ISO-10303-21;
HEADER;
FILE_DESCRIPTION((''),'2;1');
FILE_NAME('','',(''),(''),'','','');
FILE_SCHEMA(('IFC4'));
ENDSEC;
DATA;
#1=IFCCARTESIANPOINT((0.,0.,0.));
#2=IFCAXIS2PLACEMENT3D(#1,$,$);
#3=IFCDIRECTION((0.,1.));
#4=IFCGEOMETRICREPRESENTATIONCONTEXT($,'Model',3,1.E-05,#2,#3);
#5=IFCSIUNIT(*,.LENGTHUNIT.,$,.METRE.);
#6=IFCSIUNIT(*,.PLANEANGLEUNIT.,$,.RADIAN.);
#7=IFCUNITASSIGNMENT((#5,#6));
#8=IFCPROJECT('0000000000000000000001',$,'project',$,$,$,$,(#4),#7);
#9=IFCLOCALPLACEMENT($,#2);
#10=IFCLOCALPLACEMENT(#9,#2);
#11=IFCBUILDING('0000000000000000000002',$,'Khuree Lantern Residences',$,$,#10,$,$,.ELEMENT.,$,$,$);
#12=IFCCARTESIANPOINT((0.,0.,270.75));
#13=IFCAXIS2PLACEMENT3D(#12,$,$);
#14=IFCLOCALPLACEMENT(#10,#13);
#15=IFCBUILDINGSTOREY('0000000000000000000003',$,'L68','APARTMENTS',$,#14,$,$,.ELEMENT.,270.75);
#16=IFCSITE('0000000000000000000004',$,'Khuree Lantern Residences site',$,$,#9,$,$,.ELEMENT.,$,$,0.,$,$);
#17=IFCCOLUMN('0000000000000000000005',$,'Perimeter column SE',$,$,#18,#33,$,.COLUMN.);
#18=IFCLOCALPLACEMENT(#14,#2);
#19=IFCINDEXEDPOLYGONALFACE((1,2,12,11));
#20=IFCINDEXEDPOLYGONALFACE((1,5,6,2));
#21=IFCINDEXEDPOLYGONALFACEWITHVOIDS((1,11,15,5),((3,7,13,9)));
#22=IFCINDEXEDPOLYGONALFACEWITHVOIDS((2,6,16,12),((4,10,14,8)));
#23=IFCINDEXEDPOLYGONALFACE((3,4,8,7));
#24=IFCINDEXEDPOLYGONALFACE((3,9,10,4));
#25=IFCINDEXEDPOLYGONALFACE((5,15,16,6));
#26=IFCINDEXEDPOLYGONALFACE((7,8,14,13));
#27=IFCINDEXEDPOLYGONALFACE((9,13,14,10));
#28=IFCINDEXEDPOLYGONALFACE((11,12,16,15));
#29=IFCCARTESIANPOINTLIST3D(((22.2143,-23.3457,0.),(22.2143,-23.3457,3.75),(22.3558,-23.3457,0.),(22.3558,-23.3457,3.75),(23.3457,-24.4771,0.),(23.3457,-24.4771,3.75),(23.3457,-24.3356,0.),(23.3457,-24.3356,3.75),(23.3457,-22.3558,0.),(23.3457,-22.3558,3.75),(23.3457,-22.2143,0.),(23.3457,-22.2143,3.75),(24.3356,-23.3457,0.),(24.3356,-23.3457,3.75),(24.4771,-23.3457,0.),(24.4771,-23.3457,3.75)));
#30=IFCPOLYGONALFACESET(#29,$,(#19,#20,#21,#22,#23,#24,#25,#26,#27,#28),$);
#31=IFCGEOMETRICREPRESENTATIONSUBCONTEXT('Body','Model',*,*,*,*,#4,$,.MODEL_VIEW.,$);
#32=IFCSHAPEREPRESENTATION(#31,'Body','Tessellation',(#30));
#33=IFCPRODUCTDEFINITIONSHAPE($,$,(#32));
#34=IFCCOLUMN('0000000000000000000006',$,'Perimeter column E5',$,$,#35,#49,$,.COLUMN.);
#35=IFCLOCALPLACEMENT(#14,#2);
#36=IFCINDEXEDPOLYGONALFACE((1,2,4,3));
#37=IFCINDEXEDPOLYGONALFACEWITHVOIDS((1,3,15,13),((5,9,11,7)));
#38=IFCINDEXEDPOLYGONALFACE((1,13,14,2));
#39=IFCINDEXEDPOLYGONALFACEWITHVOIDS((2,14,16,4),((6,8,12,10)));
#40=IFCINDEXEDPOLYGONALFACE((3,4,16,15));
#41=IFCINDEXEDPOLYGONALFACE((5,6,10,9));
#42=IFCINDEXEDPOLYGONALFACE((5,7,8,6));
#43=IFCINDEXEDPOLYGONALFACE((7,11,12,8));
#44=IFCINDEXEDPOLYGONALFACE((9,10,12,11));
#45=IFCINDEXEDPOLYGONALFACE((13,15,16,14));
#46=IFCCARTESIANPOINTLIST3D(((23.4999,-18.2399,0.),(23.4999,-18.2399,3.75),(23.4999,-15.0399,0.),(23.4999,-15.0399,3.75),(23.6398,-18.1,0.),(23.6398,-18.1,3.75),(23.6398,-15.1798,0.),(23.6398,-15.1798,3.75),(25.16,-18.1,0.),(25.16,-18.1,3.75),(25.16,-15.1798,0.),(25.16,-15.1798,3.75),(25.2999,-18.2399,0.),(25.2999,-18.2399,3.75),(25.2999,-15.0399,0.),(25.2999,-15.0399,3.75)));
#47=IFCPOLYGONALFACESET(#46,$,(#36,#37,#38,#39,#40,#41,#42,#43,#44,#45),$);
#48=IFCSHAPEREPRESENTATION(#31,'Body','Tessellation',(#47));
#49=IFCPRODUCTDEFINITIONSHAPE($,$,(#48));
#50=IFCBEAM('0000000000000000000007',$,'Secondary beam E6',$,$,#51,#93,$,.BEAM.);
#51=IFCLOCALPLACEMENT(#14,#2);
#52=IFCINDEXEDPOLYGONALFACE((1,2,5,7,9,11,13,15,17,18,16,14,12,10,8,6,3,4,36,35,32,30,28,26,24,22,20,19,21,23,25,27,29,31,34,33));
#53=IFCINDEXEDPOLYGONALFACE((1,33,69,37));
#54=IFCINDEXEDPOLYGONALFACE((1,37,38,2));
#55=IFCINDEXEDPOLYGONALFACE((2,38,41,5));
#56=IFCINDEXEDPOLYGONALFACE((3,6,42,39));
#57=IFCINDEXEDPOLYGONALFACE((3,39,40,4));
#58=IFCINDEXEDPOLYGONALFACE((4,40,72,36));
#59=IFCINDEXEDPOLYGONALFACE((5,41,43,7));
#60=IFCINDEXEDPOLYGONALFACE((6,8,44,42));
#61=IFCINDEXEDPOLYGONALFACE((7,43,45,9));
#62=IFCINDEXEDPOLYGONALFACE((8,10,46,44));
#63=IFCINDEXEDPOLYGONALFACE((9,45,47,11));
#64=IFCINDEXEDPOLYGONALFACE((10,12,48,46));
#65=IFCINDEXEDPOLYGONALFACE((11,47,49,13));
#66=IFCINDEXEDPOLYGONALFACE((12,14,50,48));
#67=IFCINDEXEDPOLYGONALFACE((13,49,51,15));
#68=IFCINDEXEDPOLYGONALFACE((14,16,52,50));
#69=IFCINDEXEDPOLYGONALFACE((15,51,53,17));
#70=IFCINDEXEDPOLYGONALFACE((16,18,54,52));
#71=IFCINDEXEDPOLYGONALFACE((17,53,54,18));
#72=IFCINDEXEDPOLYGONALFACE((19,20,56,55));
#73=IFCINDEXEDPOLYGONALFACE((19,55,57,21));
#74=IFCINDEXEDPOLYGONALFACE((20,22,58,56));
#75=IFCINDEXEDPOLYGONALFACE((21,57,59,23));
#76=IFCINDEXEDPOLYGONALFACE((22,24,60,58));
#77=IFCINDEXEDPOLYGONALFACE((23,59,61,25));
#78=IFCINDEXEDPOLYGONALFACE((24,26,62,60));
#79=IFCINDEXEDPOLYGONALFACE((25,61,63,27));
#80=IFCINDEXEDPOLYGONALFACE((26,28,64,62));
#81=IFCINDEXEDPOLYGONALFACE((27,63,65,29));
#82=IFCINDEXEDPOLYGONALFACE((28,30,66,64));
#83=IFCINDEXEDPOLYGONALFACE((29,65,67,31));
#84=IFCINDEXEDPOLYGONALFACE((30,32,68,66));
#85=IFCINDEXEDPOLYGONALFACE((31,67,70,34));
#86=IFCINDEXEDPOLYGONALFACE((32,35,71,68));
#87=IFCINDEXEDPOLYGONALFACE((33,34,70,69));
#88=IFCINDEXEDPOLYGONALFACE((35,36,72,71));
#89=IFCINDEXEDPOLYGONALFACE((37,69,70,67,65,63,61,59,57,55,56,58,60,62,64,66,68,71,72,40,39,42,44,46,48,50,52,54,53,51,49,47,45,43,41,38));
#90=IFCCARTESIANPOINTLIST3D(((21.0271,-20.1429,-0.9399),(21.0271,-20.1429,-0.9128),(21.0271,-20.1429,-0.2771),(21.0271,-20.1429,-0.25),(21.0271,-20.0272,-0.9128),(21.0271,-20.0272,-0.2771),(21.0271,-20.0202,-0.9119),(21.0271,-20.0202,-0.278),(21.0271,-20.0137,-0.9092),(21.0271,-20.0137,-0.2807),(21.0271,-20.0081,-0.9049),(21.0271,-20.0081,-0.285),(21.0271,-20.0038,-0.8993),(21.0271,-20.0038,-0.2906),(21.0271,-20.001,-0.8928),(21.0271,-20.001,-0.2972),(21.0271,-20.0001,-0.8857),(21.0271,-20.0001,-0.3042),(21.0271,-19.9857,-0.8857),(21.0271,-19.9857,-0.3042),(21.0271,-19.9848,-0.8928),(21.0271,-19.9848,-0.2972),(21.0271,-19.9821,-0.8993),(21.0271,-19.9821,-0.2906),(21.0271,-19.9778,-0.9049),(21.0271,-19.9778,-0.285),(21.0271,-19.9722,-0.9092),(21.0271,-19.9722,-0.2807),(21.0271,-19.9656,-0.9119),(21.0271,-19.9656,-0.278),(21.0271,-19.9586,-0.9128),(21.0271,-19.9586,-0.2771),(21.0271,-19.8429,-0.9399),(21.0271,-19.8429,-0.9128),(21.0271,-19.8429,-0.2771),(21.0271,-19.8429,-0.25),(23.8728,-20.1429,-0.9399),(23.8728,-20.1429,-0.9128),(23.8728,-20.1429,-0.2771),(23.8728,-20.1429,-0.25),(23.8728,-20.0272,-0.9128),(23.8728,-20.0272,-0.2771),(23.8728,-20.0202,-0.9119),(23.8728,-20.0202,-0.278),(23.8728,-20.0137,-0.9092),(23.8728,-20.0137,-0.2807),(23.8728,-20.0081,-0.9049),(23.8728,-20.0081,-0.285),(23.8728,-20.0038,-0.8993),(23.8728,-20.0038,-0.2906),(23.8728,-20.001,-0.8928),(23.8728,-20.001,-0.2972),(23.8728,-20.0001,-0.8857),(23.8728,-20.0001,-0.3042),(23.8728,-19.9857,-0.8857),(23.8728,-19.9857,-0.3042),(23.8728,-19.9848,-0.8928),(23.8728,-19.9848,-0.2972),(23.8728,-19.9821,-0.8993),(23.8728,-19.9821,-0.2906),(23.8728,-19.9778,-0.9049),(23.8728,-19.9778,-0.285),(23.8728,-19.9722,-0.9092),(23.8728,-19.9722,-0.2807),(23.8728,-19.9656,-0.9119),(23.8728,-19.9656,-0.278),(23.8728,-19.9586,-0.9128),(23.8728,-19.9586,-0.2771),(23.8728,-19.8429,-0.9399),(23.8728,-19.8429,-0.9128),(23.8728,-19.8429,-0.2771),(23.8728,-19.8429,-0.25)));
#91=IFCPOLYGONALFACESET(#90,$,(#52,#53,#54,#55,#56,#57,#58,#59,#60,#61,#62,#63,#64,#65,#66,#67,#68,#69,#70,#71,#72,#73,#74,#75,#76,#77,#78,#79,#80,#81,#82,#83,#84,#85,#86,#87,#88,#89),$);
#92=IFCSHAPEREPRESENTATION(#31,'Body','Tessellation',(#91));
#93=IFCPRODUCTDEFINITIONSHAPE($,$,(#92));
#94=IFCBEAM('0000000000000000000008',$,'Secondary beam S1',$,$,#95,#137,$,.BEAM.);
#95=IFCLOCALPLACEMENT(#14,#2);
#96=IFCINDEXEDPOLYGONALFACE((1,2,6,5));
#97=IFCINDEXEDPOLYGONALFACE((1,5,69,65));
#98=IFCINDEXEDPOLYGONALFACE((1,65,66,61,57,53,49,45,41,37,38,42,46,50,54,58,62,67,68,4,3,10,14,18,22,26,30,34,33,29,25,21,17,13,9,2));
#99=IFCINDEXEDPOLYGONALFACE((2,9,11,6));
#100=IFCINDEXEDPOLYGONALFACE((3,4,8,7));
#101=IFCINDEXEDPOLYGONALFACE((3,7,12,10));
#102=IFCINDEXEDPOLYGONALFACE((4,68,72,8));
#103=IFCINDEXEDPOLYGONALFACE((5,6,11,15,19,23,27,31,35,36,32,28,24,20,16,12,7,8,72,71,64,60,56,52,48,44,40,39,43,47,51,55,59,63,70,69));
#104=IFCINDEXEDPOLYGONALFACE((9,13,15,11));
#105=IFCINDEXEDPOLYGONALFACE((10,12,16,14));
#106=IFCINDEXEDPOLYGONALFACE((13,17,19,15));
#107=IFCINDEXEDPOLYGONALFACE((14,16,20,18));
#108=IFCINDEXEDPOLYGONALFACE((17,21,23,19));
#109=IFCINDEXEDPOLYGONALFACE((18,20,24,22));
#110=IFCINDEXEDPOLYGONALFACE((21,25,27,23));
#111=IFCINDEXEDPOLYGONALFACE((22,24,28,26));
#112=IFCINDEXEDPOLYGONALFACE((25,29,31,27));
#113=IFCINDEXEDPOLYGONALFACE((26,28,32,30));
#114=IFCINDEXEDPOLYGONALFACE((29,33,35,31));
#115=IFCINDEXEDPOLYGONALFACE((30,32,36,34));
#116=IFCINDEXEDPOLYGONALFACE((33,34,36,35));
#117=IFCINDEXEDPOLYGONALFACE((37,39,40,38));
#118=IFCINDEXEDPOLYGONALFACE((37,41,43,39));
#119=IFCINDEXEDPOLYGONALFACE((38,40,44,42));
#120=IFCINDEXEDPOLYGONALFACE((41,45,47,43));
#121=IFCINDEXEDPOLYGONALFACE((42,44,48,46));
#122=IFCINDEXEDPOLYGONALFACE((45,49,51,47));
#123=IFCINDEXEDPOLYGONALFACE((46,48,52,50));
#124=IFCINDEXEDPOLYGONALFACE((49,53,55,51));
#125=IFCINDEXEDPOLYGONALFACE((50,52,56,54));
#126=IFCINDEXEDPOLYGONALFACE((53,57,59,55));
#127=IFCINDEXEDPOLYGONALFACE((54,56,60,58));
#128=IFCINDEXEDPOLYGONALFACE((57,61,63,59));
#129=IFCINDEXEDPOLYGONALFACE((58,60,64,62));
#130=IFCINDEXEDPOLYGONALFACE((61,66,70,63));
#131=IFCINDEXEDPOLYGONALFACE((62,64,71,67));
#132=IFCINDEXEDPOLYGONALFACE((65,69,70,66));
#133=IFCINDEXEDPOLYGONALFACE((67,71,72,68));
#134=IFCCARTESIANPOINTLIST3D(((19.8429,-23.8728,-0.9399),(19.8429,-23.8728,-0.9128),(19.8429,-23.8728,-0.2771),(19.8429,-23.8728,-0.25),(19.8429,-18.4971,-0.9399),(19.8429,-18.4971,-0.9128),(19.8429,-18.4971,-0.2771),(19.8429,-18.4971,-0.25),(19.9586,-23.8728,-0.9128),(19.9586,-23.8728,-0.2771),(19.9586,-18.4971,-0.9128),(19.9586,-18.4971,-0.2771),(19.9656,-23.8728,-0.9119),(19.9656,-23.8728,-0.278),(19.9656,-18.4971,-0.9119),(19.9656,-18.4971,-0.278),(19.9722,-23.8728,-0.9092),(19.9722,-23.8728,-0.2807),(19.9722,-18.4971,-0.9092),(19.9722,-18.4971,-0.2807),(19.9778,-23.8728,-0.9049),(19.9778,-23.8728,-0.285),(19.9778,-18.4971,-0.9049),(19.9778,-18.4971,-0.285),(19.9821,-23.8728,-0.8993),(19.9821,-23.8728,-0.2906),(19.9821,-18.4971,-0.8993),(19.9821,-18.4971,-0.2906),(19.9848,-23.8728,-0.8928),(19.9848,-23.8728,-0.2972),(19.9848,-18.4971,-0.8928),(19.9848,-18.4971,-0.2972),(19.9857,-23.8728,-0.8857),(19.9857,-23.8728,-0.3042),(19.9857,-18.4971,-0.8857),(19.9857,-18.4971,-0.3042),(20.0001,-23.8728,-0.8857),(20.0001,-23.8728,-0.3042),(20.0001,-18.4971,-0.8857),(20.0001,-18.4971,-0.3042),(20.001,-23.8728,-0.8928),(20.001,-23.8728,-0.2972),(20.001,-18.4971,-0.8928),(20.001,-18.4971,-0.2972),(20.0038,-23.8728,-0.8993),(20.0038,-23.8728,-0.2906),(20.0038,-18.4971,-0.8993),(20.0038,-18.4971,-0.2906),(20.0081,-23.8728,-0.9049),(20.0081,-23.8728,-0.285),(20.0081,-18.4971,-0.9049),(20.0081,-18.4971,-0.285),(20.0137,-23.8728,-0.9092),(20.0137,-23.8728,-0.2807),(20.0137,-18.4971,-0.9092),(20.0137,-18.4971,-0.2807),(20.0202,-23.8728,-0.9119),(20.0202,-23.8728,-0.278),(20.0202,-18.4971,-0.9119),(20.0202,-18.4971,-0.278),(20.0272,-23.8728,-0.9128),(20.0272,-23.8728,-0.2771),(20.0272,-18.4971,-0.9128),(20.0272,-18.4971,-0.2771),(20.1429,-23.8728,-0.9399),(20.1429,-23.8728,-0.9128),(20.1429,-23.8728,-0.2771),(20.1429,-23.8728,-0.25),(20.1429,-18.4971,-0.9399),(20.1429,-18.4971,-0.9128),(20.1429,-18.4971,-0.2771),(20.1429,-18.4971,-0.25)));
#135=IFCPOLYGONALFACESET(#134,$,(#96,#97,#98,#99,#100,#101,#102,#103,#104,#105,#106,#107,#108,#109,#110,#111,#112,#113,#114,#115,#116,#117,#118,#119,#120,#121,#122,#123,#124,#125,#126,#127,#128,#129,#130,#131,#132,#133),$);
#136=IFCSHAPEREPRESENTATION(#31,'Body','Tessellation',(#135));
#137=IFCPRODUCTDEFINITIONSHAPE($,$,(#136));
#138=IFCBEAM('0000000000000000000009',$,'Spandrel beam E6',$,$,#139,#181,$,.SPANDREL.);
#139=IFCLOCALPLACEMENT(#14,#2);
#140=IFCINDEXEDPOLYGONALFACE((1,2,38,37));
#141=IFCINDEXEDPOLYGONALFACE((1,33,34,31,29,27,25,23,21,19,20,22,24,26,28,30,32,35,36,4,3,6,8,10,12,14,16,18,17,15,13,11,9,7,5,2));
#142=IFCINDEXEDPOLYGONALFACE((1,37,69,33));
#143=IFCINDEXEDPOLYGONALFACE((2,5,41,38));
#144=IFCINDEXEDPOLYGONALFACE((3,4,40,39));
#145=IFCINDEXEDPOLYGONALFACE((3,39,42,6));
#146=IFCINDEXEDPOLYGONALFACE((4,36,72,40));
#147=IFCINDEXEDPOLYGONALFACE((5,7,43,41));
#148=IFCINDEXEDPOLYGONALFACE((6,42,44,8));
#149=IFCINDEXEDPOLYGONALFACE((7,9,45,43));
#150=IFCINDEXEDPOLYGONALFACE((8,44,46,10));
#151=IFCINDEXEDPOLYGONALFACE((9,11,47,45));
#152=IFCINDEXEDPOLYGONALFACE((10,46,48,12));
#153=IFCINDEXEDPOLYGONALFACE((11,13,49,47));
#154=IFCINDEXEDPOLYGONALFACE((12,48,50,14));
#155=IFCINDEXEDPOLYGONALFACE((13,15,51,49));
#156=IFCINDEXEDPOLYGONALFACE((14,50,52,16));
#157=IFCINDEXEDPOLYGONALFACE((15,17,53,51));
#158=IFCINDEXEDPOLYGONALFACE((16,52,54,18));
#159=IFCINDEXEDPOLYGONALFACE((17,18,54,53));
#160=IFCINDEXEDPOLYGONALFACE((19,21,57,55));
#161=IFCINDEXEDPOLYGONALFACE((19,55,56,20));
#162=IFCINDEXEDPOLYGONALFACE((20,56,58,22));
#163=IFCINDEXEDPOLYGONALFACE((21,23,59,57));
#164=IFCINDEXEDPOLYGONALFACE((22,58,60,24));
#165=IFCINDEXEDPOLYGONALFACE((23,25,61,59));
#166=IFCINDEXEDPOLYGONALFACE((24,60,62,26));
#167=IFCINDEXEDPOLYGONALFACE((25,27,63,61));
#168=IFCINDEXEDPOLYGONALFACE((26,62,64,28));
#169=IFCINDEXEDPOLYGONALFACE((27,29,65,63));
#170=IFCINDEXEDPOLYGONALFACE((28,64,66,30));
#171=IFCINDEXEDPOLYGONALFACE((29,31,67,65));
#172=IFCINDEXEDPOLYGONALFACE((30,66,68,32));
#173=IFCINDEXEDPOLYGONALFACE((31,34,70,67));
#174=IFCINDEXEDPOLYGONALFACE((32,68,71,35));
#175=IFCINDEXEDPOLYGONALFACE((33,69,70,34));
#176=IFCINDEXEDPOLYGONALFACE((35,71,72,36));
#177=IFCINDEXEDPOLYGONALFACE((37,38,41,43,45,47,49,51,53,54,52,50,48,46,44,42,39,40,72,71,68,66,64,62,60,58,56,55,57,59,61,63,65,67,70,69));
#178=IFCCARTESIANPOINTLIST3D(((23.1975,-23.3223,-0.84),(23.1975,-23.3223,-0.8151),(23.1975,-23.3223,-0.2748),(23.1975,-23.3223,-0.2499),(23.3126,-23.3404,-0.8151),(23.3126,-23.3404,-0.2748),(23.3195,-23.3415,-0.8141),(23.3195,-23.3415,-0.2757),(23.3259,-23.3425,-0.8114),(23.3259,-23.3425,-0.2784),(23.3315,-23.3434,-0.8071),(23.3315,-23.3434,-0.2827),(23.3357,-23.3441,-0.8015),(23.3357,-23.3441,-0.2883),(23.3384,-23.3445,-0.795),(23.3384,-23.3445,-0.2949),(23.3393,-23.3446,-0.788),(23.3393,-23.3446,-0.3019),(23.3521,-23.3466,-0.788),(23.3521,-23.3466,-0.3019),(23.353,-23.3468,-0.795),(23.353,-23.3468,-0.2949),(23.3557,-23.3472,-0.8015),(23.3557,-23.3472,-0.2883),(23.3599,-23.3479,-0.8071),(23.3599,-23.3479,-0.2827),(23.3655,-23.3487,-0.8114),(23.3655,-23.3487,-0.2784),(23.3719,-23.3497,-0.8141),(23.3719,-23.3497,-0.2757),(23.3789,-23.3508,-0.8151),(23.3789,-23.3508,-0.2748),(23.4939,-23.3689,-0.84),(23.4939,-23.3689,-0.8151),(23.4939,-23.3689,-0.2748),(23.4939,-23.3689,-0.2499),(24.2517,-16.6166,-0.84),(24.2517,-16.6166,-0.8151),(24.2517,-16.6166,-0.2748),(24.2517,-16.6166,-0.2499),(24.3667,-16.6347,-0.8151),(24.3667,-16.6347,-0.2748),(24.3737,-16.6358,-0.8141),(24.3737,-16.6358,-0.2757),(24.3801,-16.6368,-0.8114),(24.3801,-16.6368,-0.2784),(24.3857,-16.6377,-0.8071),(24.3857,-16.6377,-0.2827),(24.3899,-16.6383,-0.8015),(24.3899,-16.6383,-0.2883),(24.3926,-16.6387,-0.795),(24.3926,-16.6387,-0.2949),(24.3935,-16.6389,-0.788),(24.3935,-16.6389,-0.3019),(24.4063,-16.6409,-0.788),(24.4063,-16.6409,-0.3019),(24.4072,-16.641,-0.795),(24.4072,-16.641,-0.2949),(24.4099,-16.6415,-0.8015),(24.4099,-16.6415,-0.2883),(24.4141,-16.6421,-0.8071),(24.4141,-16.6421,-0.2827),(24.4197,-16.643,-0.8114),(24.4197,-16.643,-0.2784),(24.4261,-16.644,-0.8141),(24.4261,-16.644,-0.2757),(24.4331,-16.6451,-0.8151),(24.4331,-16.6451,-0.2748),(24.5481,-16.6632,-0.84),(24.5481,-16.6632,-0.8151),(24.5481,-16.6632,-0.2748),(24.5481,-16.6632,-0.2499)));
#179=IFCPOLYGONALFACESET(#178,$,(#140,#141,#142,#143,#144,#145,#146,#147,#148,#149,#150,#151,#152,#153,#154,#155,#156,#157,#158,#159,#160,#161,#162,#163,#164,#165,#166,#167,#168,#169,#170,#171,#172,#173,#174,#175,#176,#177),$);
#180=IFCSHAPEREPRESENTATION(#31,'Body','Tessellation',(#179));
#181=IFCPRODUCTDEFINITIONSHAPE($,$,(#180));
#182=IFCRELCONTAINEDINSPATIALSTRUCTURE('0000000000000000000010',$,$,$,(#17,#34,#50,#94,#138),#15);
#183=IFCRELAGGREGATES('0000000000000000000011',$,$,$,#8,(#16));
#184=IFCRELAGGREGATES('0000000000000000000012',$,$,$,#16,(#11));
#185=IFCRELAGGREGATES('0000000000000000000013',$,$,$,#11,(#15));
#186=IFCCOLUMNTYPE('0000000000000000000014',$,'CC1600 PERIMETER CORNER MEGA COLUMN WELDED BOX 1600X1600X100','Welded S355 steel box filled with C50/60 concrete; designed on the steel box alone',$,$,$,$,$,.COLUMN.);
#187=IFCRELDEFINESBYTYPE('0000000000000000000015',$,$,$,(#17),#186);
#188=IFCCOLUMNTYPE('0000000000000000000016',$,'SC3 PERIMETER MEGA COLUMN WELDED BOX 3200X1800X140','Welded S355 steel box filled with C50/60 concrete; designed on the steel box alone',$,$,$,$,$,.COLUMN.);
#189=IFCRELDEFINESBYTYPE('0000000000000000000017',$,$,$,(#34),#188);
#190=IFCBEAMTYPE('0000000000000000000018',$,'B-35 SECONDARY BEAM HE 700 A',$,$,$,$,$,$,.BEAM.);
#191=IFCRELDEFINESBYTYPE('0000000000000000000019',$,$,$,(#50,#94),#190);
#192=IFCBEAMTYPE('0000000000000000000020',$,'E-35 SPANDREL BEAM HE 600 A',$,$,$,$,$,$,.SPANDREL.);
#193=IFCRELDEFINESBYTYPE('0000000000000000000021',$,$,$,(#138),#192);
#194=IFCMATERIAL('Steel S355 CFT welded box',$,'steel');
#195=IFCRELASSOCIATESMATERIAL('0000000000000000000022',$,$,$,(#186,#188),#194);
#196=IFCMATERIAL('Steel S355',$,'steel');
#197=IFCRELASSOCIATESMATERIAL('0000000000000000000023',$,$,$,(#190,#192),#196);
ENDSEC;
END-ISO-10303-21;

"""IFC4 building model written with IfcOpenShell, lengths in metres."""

from ifc_helpers import new_model, si_unit, direction, frame, origin, origin_2d, place, context, subcontext, project, spatial, hollow_rectangle, i_section, extrude, material, material_profile, profile_set, type_object, element, save


model = new_model("IFC4")

# Units and contexts
model_context = context("Model", 3, precision=1e-05, world=origin(), true_north=direction((0.0, 1.0)))
body_context = subcontext(model_context, "Body", "Model", "MODEL_VIEW")
ifc_project = project(units=[si_unit("LENGTHUNIT", "METRE"), si_unit("PLANEANGLEUNIT", "RADIAN")], contexts=[model_context])

# Site, building, storey
site_placement = place(None, origin())
site = spatial("IfcSite", under=ifc_project, at=site_placement, Name="Khuree Lantern Residences site", CompositionType="ELEMENT", RefElevation=0.0)
building_placement = place(site_placement, origin())
building = spatial("IfcBuilding", under=site, at=building_placement, Name="Khuree Lantern Residences", CompositionType="ELEMENT")
storey_placement = place(building_placement, frame((0.0, 0.0, 270.75)))
storey = spatial("IfcBuildingStorey", under=building, at=storey_placement, Name="L68", Description="APARTMENTS", CompositionType="ELEMENT", Elevation=270.75)

# Columns
ifc_material_1 = material(Name="Steel S355 CFT welded box", Category="steel")
ifc_material_profile_1 = material_profile(ifc_material_1, hollow_rectangle(XDim=1.6001, YDim=1.6001, WallThickness=0.1001, at=origin_2d()), Name="WELDED BOX 1600X1600X100")
ifc_profile_set_1 = profile_set([ifc_material_profile_1], Name="Steel S355 CFT welded box")
column_type_1 = type_object("IfcColumnType", Name="CC1600 PERIMETER CORNER MEGA COLUMN WELDED BOX 1600X1600X100", Description="Welded S355 steel box filled with C50/60 concrete; designed on the steel box alone", PredefinedType="COLUMN", material=ifc_profile_set_1)
column_1_placement = place(storey_placement, frame((23.3457, -23.3457, 0.0), z_axis=(0.0, 0.0, 1.0), x_axis=(0.707107, 0.707107, 0.0)))
element("IfcColumn", 1, at=column_1_placement, inside=storey, type_object=column_type_1, Name="Perimeter column SE", PredefinedType="COLUMN", context=body_context, shape_type="SweptSolid", body=[
    extrude(hollow_rectangle(XDim=1.6001, YDim=1.6001, WallThickness=0.1001, at=origin_2d()), origin(), (0.0, 0.0, 1.0), 3.75),
])
ifc_material_profile_2 = material_profile(ifc_material_1, hollow_rectangle(XDim=3.2, YDim=1.8, WallThickness=0.1399, at=origin_2d()), Name="WELDED BOX 3200X1800X140")
ifc_profile_set_2 = profile_set([ifc_material_profile_2], Name="Steel S355 CFT welded box")
column_type_2 = type_object("IfcColumnType", Name="SC3 PERIMETER MEGA COLUMN WELDED BOX 3200X1800X140", Description="Welded S355 steel box filled with C50/60 concrete; designed on the steel box alone", PredefinedType="COLUMN", material=ifc_profile_set_2)
column_2_placement = place(storey_placement, frame((24.3999, -16.6399, 0.0), z_axis=(0.0, 0.0, 1.0), x_axis=(0.0, 1.0, 0.0)))
element("IfcColumn", 2, at=column_2_placement, inside=storey, type_object=column_type_2, Name="Perimeter column E5", PredefinedType="COLUMN", context=body_context, shape_type="SweptSolid", body=[
    extrude(hollow_rectangle(XDim=3.2, YDim=1.8, WallThickness=0.1399, at=origin_2d()), origin(), (0.0, 0.0, 1.0), 3.75),
])

# Beams
ifc_material_2 = material(Name="Steel S355", Category="steel")
ifc_material_profile_3 = material_profile(ifc_material_2, i_section(OverallWidth=0.3, OverallDepth=0.6899, WebThickness=0.0144, FlangeThickness=0.0271, FilletRadius=0.0271, at=origin_2d()), Name="HE 700 A")
ifc_profile_set_3 = profile_set([ifc_material_profile_3], Name="Steel S355")
beam_type_1 = type_object("IfcBeamType", Name="B-35 SECONDARY BEAM HE 700 A", PredefinedType="BEAM", material=ifc_profile_set_3)
beam_1_placement = place(storey_placement, frame((23.8728, -19.9929, -0.595), z_axis=(-1.0, 0.0, 0.0), x_axis=(0.0, -1.0, 0.0)))
element("IfcBeam", 3, at=beam_1_placement, inside=storey, type_object=beam_type_1, Name="Secondary beam E6", PredefinedType="BEAM", context=body_context, shape_type="SweptSolid", body=[
    extrude(i_section(OverallWidth=0.3, OverallDepth=0.6899, WebThickness=0.0144, FlangeThickness=0.0271, FilletRadius=0.0271, at=origin_2d()), origin(), (0.0, 0.0, 1.0), 2.8457),
])
beam_2_placement = place(storey_placement, frame((19.9929, -23.8728, -0.595), z_axis=(0.0, 1.0, 0.0), x_axis=(-1.0, 0.0, 0.0)))
element("IfcBeam", 4, at=beam_2_placement, inside=storey, type_object=beam_type_1, Name="Secondary beam S1", PredefinedType="BEAM", context=body_context, shape_type="SweptSolid", body=[
    extrude(i_section(OverallWidth=0.3, OverallDepth=0.6899, WebThickness=0.0144, FlangeThickness=0.0271, FilletRadius=0.0271, at=origin_2d()), origin(), (0.0, 0.0, 1.0), 5.3757),
])
ifc_material_profile_4 = material_profile(ifc_material_2, i_section(OverallWidth=0.3, OverallDepth=0.5901, WebThickness=0.0129, FlangeThickness=0.0249, FilletRadius=0.0271, at=origin_2d()), Name="HE 600 A")
ifc_profile_set_4 = profile_set([ifc_material_profile_4], Name="Steel S355")
beam_type_2 = type_object("IfcBeamType", Name="E-35 SPANDREL BEAM HE 600 A", PredefinedType="SPANDREL", material=ifc_profile_set_4)
for number, where, z_axis, x_axis, name in (
    (5, (24.3999, -16.6399, -0.5449), (-0.1553, -0.987867, 0.0), (0.987867, -0.1553, 0.0), "Spandrel beam E6"),
):
    element("IfcBeam", number, at=place(storey_placement, frame(where, z_axis=z_axis, x_axis=x_axis)), inside=storey, type_object=beam_type_2, Name=name, PredefinedType="SPANDREL", context=body_context, shape_type="SweptSolid", body=[
        extrude(i_section(OverallWidth=0.3, OverallDepth=0.5901, WebThickness=0.0129, FlangeThickness=0.0249, FilletRadius=0.0271, at=origin_2d()), origin(), (0.0, 0.0, 1.0), 6.7881),
    ])

save(model, "model.ifc")
